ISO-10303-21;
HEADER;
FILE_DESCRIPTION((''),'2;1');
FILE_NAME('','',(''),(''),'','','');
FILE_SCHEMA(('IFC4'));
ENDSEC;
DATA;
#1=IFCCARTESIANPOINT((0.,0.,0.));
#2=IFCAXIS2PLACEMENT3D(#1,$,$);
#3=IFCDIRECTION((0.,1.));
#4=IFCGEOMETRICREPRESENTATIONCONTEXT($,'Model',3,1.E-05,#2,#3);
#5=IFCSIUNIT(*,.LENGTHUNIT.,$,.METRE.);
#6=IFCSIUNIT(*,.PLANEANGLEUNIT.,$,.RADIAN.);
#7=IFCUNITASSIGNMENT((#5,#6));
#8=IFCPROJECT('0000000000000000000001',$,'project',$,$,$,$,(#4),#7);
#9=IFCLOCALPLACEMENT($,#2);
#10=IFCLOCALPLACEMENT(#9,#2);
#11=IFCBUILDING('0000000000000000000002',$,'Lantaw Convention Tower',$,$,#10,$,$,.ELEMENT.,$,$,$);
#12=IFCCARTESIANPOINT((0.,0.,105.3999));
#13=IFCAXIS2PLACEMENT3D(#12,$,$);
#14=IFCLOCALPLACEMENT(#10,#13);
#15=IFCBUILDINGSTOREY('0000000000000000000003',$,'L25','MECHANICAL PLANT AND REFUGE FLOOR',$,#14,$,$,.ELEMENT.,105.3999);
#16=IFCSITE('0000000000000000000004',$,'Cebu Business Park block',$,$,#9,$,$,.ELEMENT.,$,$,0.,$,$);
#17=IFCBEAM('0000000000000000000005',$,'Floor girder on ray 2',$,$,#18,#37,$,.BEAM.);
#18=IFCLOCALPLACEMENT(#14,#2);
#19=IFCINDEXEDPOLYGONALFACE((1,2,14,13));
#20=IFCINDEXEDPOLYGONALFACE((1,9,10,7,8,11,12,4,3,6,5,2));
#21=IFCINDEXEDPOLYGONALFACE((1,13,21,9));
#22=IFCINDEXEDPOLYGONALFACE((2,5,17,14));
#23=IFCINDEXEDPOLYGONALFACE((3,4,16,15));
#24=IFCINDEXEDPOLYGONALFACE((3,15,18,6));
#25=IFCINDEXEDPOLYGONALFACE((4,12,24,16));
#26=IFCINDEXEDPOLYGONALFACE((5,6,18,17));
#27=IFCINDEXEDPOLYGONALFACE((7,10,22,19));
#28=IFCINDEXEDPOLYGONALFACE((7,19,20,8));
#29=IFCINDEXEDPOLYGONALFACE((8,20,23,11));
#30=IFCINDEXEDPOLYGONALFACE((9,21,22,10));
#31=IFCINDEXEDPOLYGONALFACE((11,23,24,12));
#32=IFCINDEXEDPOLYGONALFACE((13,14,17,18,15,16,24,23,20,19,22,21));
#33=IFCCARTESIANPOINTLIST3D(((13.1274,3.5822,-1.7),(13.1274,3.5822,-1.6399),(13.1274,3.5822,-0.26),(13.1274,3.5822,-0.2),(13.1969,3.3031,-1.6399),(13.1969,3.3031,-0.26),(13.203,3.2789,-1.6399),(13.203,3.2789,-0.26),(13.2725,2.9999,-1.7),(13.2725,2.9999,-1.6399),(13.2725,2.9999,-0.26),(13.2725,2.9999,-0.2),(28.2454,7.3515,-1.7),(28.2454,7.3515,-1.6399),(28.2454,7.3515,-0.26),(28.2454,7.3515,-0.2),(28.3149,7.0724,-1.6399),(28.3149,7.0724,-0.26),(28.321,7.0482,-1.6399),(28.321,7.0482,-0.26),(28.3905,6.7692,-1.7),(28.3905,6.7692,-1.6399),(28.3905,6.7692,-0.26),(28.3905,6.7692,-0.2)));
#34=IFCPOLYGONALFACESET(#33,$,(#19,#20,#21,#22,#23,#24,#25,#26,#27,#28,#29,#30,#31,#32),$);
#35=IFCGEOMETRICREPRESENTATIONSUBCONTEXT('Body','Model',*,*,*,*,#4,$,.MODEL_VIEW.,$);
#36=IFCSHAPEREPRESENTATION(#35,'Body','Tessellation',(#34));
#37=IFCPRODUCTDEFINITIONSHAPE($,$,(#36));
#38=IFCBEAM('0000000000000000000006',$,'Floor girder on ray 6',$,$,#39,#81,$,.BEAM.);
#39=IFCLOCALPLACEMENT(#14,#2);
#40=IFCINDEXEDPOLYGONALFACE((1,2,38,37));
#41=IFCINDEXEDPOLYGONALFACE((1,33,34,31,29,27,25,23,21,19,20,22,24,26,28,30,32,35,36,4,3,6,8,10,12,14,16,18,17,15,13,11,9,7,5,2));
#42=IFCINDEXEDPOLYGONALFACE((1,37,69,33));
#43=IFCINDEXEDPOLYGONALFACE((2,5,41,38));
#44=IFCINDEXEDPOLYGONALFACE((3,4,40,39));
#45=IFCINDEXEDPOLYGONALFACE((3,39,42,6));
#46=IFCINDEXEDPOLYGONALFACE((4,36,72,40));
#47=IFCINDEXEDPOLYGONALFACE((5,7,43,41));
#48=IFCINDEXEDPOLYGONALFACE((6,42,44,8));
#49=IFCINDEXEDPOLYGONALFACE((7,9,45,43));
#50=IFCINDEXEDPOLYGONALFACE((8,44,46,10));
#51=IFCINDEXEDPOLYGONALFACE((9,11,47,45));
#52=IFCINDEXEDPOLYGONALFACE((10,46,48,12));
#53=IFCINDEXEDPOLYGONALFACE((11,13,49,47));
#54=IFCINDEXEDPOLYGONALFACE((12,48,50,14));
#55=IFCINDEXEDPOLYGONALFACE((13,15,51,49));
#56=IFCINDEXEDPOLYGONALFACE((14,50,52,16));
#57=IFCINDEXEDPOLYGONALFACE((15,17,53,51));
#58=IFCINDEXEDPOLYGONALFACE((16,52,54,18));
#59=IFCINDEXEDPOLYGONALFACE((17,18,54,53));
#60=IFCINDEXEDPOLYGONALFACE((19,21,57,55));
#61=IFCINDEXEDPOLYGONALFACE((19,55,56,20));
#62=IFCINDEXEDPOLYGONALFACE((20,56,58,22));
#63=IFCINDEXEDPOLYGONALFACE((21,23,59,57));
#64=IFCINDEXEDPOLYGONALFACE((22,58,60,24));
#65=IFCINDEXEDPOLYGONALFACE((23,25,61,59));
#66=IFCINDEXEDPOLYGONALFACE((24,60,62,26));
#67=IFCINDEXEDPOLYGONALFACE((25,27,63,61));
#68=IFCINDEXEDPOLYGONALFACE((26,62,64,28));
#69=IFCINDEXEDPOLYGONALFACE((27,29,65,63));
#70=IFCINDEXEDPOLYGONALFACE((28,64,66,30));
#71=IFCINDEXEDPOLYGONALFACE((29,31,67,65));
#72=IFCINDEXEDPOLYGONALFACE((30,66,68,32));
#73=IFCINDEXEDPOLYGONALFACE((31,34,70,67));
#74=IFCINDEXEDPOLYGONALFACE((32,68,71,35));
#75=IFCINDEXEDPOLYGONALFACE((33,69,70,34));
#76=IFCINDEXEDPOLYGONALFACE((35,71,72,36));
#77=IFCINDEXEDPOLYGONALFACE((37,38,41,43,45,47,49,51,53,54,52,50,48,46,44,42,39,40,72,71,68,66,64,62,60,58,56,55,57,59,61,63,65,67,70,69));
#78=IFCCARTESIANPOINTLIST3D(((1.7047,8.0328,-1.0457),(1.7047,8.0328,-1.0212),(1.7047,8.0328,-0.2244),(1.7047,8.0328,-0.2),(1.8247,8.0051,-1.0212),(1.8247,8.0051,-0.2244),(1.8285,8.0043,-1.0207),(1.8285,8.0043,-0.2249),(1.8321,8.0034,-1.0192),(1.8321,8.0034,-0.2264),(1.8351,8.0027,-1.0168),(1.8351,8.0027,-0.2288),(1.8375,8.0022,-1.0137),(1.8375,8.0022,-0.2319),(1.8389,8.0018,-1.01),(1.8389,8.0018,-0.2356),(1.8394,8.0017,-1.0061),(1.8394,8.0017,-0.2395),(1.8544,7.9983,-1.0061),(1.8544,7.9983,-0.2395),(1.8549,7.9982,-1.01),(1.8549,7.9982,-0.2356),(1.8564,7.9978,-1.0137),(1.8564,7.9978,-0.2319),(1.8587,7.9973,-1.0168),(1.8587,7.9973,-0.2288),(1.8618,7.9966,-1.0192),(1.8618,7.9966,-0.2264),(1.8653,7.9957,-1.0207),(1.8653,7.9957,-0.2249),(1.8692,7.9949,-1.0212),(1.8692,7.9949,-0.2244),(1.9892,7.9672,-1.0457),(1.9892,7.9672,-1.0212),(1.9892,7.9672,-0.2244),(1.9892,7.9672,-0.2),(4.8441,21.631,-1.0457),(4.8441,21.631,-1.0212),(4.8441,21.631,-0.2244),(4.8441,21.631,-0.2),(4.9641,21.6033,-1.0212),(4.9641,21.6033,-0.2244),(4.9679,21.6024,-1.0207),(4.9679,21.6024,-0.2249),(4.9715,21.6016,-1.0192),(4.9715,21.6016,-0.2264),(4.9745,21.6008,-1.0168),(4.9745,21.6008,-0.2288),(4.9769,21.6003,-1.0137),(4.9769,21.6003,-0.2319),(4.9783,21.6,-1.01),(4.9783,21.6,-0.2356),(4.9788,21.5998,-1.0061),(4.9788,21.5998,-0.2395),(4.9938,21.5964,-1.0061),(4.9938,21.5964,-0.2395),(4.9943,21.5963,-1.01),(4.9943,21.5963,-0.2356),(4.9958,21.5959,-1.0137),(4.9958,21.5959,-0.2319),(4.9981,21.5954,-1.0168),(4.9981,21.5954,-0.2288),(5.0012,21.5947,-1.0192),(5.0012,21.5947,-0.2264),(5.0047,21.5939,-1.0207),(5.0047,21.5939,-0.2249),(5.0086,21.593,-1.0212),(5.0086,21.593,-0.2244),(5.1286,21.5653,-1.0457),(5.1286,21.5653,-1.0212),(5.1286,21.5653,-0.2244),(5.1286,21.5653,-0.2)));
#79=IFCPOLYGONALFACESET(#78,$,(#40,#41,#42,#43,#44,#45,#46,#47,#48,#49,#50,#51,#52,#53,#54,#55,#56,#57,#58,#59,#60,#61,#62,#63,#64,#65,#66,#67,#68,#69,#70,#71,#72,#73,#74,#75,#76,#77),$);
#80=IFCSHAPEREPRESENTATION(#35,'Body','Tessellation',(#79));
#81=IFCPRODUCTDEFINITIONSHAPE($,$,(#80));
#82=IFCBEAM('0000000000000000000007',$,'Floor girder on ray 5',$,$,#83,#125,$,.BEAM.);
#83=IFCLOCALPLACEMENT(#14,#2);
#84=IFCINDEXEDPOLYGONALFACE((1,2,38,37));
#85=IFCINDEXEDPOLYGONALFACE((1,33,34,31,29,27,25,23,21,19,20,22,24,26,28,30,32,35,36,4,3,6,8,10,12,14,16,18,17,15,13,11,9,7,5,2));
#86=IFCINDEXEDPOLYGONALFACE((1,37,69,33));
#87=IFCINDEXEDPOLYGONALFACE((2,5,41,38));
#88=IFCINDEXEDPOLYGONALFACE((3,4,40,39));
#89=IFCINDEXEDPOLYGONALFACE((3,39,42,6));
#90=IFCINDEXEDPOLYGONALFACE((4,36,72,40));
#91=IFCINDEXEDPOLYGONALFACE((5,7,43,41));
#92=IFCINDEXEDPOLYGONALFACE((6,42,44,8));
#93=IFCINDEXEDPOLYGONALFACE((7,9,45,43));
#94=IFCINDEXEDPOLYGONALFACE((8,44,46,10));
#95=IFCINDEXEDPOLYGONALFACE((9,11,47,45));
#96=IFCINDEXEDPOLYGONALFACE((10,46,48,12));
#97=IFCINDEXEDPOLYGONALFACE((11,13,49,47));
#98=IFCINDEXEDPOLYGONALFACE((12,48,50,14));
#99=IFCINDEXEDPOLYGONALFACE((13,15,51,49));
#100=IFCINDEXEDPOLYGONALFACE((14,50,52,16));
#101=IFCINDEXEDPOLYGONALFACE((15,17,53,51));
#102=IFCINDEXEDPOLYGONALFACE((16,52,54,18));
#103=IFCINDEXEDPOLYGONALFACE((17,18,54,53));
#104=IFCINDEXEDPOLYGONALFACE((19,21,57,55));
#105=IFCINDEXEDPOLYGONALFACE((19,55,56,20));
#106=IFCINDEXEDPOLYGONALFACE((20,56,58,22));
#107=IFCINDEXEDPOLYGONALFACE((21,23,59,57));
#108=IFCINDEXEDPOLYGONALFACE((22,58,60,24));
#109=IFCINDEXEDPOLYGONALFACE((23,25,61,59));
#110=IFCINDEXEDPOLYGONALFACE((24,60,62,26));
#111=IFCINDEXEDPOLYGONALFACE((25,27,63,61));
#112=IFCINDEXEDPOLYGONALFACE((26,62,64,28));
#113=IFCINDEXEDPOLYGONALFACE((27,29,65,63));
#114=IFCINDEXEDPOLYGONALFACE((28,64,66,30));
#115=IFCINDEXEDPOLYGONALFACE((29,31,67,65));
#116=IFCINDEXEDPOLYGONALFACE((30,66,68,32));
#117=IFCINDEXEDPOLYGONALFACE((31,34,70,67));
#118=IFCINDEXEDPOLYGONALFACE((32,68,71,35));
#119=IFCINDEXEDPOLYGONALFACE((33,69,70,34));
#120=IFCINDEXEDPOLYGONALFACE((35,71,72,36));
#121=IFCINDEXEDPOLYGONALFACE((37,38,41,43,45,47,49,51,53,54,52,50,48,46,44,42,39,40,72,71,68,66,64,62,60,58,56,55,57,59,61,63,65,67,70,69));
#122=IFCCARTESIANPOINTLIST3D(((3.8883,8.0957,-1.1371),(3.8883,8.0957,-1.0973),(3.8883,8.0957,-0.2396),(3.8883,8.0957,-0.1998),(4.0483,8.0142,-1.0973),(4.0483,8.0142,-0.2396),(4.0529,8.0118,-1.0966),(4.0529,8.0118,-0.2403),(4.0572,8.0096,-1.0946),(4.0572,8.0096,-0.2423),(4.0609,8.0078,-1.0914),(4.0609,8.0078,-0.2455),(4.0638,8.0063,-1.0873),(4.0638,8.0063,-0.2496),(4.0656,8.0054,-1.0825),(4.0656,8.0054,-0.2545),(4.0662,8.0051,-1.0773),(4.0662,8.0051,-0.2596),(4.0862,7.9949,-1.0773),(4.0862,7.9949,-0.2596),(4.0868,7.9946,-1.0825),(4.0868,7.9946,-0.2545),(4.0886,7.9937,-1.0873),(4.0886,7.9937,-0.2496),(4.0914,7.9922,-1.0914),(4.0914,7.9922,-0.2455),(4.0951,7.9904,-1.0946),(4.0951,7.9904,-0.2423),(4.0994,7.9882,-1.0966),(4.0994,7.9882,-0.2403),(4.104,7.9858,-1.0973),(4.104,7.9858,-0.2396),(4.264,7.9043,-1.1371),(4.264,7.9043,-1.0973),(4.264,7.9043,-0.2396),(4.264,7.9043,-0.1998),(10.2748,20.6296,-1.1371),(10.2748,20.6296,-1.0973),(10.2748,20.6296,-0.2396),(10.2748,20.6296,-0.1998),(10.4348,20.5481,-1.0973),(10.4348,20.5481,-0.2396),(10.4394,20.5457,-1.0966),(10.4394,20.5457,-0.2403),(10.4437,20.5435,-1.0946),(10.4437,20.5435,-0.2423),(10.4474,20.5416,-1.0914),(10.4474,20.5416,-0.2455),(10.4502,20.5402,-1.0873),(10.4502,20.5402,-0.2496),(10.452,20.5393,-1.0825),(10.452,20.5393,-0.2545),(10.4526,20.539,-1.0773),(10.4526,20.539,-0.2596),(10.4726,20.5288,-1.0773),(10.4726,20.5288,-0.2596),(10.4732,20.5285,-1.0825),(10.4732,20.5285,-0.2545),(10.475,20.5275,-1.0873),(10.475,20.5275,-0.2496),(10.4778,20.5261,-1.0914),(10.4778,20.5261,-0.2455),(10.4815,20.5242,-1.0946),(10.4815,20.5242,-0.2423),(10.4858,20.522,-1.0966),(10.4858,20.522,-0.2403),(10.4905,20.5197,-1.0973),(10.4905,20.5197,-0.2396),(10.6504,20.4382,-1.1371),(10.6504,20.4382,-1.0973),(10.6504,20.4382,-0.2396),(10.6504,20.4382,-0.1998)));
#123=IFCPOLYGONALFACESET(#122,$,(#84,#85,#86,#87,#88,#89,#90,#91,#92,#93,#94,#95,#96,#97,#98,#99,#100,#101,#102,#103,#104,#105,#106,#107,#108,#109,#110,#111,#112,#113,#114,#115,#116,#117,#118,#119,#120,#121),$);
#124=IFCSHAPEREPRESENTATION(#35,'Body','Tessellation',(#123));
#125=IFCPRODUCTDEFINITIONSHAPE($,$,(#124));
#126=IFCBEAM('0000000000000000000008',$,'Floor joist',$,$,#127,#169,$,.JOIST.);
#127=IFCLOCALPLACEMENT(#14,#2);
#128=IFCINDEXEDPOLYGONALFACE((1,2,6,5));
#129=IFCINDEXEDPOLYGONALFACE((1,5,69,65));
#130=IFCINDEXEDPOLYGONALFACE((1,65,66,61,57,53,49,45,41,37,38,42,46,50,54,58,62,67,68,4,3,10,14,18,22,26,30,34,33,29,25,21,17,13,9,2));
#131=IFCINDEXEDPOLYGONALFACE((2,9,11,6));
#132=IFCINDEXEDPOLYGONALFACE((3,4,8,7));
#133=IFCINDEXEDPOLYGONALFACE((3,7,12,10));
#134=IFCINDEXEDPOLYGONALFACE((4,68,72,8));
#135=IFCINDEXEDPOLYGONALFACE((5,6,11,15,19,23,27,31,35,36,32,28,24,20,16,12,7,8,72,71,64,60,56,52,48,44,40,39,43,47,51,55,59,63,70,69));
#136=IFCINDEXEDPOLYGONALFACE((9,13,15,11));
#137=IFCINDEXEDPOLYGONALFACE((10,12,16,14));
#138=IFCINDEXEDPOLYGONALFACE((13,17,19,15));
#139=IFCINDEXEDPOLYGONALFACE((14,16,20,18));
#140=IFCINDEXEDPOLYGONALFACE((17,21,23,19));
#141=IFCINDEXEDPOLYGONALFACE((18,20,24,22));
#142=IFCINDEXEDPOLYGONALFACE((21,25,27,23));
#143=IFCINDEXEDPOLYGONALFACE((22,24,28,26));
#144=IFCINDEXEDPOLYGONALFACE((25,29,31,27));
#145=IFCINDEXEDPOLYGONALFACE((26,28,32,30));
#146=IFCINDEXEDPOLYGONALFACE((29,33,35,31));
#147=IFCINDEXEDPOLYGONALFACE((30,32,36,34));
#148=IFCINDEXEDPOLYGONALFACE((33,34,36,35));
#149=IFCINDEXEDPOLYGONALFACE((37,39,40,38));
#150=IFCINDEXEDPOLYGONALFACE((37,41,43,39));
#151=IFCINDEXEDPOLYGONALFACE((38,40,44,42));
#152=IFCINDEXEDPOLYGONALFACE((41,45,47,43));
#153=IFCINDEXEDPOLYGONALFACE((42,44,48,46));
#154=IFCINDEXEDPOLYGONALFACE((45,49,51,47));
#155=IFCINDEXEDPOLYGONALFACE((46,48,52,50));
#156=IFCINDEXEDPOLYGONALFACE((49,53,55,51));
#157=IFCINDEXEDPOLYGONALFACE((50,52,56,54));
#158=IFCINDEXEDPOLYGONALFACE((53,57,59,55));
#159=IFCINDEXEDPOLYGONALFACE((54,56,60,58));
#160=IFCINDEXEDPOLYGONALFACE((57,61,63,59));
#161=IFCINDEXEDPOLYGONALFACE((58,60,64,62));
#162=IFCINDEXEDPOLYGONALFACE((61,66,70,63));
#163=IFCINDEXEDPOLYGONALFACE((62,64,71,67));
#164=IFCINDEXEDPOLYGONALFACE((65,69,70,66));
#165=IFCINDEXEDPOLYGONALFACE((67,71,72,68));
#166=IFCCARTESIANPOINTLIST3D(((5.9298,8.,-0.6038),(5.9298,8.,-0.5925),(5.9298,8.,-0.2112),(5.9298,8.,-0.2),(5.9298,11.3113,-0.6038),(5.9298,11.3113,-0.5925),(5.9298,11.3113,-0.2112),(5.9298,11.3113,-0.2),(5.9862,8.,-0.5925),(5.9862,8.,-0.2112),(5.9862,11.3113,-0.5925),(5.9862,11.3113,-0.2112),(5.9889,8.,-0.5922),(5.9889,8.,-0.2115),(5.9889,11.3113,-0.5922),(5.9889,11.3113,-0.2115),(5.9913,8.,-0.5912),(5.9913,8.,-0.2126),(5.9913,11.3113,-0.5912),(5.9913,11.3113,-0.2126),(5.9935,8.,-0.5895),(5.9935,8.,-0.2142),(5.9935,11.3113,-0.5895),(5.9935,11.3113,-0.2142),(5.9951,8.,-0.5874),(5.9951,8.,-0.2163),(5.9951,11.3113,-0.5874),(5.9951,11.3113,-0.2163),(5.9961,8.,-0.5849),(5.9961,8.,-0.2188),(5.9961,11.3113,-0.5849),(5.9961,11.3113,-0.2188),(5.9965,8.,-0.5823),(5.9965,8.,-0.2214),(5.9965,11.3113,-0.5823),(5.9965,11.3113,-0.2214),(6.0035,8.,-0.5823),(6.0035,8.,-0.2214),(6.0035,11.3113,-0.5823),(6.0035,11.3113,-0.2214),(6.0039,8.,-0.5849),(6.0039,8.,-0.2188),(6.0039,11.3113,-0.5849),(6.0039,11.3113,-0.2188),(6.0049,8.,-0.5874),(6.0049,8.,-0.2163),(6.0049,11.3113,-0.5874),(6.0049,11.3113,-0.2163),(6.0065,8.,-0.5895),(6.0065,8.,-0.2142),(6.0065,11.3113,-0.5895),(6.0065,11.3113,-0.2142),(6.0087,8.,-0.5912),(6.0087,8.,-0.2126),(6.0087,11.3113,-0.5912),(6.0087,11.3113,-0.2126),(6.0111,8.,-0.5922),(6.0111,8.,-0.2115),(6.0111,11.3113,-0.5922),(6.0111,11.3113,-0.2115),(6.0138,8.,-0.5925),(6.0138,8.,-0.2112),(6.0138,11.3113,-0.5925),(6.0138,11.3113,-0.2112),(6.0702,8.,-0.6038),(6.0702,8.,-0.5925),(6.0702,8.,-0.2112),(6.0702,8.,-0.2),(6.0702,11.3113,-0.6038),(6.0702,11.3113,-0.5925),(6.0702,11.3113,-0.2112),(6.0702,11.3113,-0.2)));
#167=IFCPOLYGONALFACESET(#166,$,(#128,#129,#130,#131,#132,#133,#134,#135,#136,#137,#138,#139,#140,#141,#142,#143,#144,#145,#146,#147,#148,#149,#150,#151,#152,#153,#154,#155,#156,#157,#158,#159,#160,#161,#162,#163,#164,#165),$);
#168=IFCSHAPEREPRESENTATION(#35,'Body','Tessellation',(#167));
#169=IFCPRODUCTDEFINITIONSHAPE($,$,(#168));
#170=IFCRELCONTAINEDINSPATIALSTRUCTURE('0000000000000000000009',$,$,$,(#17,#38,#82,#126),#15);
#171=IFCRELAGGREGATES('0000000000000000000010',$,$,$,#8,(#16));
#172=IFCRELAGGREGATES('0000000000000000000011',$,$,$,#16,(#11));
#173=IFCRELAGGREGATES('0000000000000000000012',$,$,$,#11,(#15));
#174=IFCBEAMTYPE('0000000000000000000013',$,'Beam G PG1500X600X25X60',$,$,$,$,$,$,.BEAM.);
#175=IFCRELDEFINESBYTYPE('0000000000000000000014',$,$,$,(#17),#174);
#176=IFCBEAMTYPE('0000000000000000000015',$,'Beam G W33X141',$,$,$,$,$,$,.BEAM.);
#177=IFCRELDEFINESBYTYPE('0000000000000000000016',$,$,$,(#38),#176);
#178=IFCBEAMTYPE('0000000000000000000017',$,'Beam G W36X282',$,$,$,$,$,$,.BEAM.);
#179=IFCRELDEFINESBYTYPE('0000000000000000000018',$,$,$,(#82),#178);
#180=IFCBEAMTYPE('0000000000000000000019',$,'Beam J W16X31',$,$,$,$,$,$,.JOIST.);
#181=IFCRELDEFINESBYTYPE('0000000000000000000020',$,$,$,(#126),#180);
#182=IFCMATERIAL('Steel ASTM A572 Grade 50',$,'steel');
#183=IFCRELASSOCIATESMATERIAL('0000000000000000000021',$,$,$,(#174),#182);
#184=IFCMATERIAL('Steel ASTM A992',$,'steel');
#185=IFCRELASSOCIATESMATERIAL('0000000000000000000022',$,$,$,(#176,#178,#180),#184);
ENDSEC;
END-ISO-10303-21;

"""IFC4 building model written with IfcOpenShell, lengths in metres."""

from ifc_helpers import new_model, si_unit, direction, frame, origin, origin_2d, place, context, subcontext, project, spatial, i_section, extrude, material, material_profile, profile_set, type_object, element, save


model = new_model("IFC4")

# Units and contexts
model_context = context("Model", 3, precision=1e-05, world=origin(), true_north=direction((0.0, 1.0)))
body_context = subcontext(model_context, "Body", "Model", "MODEL_VIEW")
ifc_project = project(units=[si_unit("LENGTHUNIT", "METRE"), si_unit("PLANEANGLEUNIT", "RADIAN")], contexts=[model_context])

# Site, building, storey
site_placement = place(None, origin())
site = spatial("IfcSite", under=ifc_project, at=site_placement, Name="Cebu Business Park block", CompositionType="ELEMENT", RefElevation=0.0)
building_placement = place(site_placement, origin())
building = spatial("IfcBuilding", under=site, at=building_placement, Name="Lantaw Convention Tower", CompositionType="ELEMENT")
storey_placement = place(building_placement, frame((0.0, 0.0, 105.3999)))
storey = spatial("IfcBuildingStorey", under=building, at=storey_placement, Name="L25", Description="MECHANICAL PLANT AND REFUGE FLOOR", CompositionType="ELEMENT", Elevation=105.3999)

# Beams
ifc_material_1 = material(Name="Steel ASTM A572 Grade 50", Category="steel")
ifc_material_profile_1 = material_profile(ifc_material_1, i_section(OverallWidth=0.6001, OverallDepth=1.5, WebThickness=0.0249, FlangeThickness=0.0601, at=origin_2d()), Name="PG1500X600X25X60")
ifc_profile_set_1 = profile_set([ifc_material_profile_1], Name="Steel ASTM A572 Grade 50")
beam_type_1 = type_object("IfcBeamType", Name="Beam G PG1500X600X25X60", PredefinedType="BEAM", material=ifc_profile_set_1)
beam_1_placement = place(storey_placement, frame((13.2, 3.291, -0.95), z_axis=(0.970296, 0.24192, 0.0), x_axis=(-0.24192, 0.970296, 0.0)))
element("IfcBeam", 1, at=beam_1_placement, inside=storey, type_object=beam_type_1, Name="Floor girder on ray 2", PredefinedType="BEAM", context=body_context, shape_type="SweptSolid", body=[
    extrude(i_section(OverallWidth=0.6001, OverallDepth=1.5, WebThickness=0.0249, FlangeThickness=0.0601, at=origin_2d()), origin(), (0.0, 0.0, 1.0), 15.5808),
])
ifc_material_2 = material(Name="Steel ASTM A992", Category="steel")
ifc_material_profile_2 = material_profile(ifc_material_2, i_section(OverallWidth=0.292, OverallDepth=0.8457, WebThickness=0.0154, FlangeThickness=0.0244, FilletRadius=0.0151, at=origin_2d()), Name="W33X141")
ifc_profile_set_2 = profile_set([ifc_material_profile_2], Name="Steel ASTM A992")
beam_type_2 = type_object("IfcBeamType", Name="Beam G W33X141", PredefinedType="BEAM", material=ifc_profile_set_2)
beam_2_placement = place(storey_placement, frame((1.8469, 8.0, -0.6228), z_axis=(0.224953, 0.97437, 0.0), x_axis=(-0.97437, 0.224953, 0.0)))
element("IfcBeam", 2, at=beam_2_placement, inside=storey, type_object=beam_type_2, Name="Floor girder on ray 6", PredefinedType="BEAM", context=body_context, shape_type="SweptSolid", body=[
    extrude(i_section(OverallWidth=0.292, OverallDepth=0.8457, WebThickness=0.0154, FlangeThickness=0.0244, FilletRadius=0.0151, at=origin_2d()), origin(), (0.0, 0.0, 1.0), 13.9558),
])
ifc_material_profile_3 = material_profile(ifc_material_2, i_section(OverallWidth=0.4216, OverallDepth=0.9373, WebThickness=0.0225, FlangeThickness=0.0398, FilletRadius=0.02, at=origin_2d()), Name="W36X282")
ifc_profile_set_3 = profile_set([ifc_material_profile_3], Name="Steel ASTM A992")
beam_type_3 = type_object("IfcBeamType", Name="Beam G W36X282", PredefinedType="BEAM", material=ifc_profile_set_3)
beam_3_placement = place(storey_placement, frame((4.0762, 8.0, -0.6685), z_axis=(0.453997, 0.891003, 0.0), x_axis=(-0.891003, 0.453997, 0.0)))
element("IfcBeam", 3, at=beam_3_placement, inside=storey, type_object=beam_type_3, Name="Floor girder on ray 5", PredefinedType="BEAM", context=body_context, shape_type="SweptSolid", body=[
    extrude(i_section(OverallWidth=0.4216, OverallDepth=0.9373, WebThickness=0.0225, FlangeThickness=0.0398, FilletRadius=0.02, at=origin_2d()), origin(), (0.0, 0.0, 1.0), 14.0671),
])
ifc_material_profile_4 = material_profile(ifc_material_2, i_section(OverallWidth=0.1404, OverallDepth=0.4038, WebThickness=0.0071, FlangeThickness=0.0112, FilletRadius=0.0103, at=origin_2d()), Name="W16X31")
ifc_profile_set_4 = profile_set([ifc_material_profile_4], Name="Steel ASTM A992")
beam_type_4 = type_object("IfcBeamType", Name="Beam J W16X31", PredefinedType="JOIST", material=ifc_profile_set_4)
beam_4_placement = place(storey_placement, frame((6.0, 8.0, -0.4019), z_axis=(0.0, 1.0, 0.0), x_axis=(-1.0, 0.0, 0.0)))
element("IfcBeam", 4, at=beam_4_placement, inside=storey, type_object=beam_type_4, Name="Floor joist", PredefinedType="JOIST", context=body_context, shape_type="SweptSolid", body=[
    extrude(i_section(OverallWidth=0.1404, OverallDepth=0.4038, WebThickness=0.0071, FlangeThickness=0.0112, FilletRadius=0.0103, at=origin_2d()), origin(), (0.0, 0.0, 1.0), 3.3113),
])

save(model, "model.ifc")
